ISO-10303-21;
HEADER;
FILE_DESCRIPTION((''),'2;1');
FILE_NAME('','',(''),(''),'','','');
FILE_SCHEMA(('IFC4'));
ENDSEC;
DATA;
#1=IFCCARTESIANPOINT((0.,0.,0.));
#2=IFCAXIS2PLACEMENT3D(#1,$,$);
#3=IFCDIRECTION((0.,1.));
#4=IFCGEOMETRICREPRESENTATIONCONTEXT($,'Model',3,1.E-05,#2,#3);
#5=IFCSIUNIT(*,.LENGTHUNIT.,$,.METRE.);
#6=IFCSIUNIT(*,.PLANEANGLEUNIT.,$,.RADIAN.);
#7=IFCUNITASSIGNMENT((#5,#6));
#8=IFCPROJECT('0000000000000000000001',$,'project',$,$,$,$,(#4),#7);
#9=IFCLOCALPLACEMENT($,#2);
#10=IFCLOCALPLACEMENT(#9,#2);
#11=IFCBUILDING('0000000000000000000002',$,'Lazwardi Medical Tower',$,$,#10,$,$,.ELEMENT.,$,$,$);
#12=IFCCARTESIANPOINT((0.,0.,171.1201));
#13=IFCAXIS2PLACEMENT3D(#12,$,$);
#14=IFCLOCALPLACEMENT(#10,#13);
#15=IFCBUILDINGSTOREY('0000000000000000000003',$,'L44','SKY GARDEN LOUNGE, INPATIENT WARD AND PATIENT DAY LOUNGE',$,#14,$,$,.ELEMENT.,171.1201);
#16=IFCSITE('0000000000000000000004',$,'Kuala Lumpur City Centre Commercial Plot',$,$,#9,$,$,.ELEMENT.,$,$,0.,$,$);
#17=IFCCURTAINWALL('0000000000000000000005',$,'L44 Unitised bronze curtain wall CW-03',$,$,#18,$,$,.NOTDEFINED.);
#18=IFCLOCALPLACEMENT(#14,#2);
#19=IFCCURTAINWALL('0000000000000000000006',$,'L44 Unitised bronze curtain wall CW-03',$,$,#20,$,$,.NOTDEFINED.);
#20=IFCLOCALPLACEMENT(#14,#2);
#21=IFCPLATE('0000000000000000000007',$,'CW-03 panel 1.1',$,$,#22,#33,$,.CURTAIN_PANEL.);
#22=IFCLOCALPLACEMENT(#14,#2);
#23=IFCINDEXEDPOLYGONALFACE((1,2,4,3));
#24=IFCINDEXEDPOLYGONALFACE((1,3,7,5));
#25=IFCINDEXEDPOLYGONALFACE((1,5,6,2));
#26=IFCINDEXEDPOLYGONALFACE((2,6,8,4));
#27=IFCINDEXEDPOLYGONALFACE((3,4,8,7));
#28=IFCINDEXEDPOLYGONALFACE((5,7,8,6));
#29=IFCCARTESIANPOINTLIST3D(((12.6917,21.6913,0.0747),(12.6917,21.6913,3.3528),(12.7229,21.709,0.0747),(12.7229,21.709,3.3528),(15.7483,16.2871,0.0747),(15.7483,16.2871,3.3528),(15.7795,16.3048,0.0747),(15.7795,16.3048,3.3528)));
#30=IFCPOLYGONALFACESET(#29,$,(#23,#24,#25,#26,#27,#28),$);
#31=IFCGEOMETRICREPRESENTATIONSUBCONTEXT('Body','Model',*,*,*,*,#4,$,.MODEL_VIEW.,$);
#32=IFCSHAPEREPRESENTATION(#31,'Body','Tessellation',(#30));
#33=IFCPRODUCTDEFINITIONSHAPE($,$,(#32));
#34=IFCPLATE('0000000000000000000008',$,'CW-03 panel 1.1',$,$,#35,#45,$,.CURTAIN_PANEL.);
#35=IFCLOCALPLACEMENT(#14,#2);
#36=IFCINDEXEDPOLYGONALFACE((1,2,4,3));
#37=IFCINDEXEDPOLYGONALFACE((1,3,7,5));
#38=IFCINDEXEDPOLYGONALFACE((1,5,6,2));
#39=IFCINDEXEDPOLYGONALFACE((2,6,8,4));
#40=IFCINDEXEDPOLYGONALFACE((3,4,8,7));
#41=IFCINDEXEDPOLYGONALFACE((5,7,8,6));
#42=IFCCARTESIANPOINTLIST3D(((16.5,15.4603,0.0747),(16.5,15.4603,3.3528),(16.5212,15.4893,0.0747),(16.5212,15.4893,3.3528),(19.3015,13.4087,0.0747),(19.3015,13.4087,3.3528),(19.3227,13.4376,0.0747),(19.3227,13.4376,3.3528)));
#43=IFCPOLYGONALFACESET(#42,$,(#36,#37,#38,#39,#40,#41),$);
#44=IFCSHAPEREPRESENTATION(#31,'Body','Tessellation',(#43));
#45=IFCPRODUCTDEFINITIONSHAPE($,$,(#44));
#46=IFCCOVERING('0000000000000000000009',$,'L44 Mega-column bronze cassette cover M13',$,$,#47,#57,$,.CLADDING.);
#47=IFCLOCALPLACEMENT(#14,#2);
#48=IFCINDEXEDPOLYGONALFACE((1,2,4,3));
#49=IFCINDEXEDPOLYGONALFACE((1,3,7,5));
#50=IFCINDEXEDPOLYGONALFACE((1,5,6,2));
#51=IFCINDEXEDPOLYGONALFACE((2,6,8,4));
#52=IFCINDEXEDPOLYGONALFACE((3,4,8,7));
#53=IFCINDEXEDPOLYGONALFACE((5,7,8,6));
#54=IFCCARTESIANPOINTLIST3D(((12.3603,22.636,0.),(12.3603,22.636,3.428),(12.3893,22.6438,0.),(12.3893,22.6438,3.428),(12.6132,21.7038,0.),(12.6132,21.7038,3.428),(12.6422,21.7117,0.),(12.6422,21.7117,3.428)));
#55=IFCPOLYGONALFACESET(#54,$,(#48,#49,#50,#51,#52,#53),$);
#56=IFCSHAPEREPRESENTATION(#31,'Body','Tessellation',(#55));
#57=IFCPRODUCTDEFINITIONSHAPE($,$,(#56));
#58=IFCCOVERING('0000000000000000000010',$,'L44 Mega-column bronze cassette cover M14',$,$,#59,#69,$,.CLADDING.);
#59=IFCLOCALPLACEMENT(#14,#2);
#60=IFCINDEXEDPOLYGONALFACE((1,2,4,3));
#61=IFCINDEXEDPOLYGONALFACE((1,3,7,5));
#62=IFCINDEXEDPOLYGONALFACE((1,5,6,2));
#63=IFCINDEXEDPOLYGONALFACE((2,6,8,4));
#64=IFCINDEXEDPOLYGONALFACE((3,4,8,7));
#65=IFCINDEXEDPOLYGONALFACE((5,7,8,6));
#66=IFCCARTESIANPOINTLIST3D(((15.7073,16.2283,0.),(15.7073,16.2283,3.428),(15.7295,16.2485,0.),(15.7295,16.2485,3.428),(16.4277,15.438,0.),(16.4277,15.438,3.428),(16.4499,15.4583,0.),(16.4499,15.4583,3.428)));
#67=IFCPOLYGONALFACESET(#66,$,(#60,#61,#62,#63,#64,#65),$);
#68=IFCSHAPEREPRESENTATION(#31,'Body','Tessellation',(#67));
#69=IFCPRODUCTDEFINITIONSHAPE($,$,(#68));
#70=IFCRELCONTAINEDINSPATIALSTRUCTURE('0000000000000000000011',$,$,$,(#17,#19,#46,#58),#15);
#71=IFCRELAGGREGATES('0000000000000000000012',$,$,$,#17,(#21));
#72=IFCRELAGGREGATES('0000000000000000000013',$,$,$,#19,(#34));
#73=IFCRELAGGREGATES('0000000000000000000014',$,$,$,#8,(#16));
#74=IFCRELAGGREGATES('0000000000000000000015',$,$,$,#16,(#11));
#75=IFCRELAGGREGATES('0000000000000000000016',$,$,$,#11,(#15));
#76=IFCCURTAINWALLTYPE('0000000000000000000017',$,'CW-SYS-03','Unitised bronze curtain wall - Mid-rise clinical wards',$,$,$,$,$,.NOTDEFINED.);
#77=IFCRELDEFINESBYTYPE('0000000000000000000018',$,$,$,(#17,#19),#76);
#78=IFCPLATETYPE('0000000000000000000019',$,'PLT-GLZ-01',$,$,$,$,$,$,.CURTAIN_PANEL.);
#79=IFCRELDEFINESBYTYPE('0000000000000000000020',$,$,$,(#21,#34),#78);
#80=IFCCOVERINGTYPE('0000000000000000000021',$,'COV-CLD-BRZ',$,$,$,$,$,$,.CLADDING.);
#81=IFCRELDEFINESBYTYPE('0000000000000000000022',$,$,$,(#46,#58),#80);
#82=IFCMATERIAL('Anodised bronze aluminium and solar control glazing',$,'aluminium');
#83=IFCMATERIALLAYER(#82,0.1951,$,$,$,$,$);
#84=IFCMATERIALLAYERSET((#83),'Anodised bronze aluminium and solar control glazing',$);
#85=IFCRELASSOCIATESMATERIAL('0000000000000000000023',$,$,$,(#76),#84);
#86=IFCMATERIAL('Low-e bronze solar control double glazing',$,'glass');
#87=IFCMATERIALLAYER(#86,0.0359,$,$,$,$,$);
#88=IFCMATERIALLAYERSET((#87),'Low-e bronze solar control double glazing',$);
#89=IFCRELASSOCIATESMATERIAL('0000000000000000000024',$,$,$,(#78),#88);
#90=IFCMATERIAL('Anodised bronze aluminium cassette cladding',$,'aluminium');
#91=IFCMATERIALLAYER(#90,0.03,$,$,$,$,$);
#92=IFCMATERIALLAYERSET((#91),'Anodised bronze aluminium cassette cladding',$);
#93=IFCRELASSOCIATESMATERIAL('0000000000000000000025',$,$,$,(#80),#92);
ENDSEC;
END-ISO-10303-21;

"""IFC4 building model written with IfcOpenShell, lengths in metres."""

from ifc_helpers import new_model, si_unit, direction, frame, origin, origin_2d, place, context, subcontext, project, spatial, rectangle, extrude, material, layer, layer_set, type_object, element, aggregate, save


model = new_model("IFC4")

# Units and contexts
model_context = context("Model", 3, precision=1e-05, world=origin(), true_north=direction((0.0, 1.0)))
body_context = subcontext(model_context, "Body", "Model", "MODEL_VIEW")
ifc_project = project(units=[si_unit("LENGTHUNIT", "METRE"), si_unit("PLANEANGLEUNIT", "RADIAN")], contexts=[model_context])

# Site, building, storey
site_placement = place(None, origin())
site = spatial("IfcSite", under=ifc_project, at=site_placement, Name="Kuala Lumpur City Centre Commercial Plot", CompositionType="ELEMENT", RefElevation=0.0)
building_placement = place(site_placement, origin())
building = spatial("IfcBuilding", under=site, at=building_placement, Name="Lazwardi Medical Tower", CompositionType="ELEMENT")
storey_placement = place(building_placement, frame((0.0, 0.0, 171.1201)))
storey = spatial("IfcBuildingStorey", under=building, at=storey_placement, Name="L44", Description="SKY GARDEN LOUNGE, INPATIENT WARD AND PATIENT DAY LOUNGE", CompositionType="ELEMENT", Elevation=171.1201)

# Shared definitions
ifc_material_1 = material(Name="Anodised bronze aluminium and solar control glazing", Category="aluminium")
ifc_layer_1 = layer(ifc_material_1, 0.1951)
ifc_layer_set_1 = layer_set([ifc_layer_1], Name="Anodised bronze aluminium and solar control glazing")
curtain_wall_type = type_object("IfcCurtainWallType", Name="CW-SYS-03", Description="Unitised bronze curtain wall - Mid-rise clinical wards", PredefinedType="NOTDEFINED", material=ifc_layer_set_1)

# Curtain walls
curtain_wall_1_placement = place(storey_placement, origin())
curtain_wall_1 = element("IfcCurtainWall", 1, at=curtain_wall_1_placement, inside=storey, type_object=curtain_wall_type, Name="L44 Unitised bronze curtain wall CW-03", PredefinedType="NOTDEFINED")
curtain_wall_2_placement = place(storey_placement, origin())
curtain_wall_2 = element("IfcCurtainWall", 2, at=curtain_wall_2_placement, inside=storey, type_object=curtain_wall_type, Name="L44 Unitised bronze curtain wall CW-03", PredefinedType="NOTDEFINED")

# Plates
ifc_material_2 = material(Name="Low-e bronze solar control double glazing", Category="glass")
ifc_layer_2 = layer(ifc_material_2, 0.0359)
ifc_layer_set_2 = layer_set([ifc_layer_2], Name="Low-e bronze solar control double glazing")
plate_type = type_object("IfcPlateType", Name="PLT-GLZ-01", PredefinedType="CURTAIN_PANEL", material=ifc_layer_set_2)
plate_1_placement = place(storey_placement, frame((14.2356, 18.998, 0.0747), z_axis=(0.0, 0.0, 1.0), x_axis=(0.492312, -0.870419, 0.0)))
plate_1 = element("IfcPlate", 3, at=plate_1_placement, type_object=plate_type, Name="CW-03 panel 1.1", PredefinedType="CURTAIN_PANEL", context=body_context, shape_type="SweptSolid", body=[
    extrude(rectangle(XDim=6.2087, YDim=0.0359, at=origin_2d()), origin(), (0.0, 0.0, 1.0), 3.2781),
])
aggregate(curtain_wall_1, [plate_1])
plate_2_placement = place(storey_placement, frame((17.9114, 14.449, 0.0747), z_axis=(0.0, 0.0, 1.0), x_axis=(0.806793, -0.590834, 0.0)))
plate_2 = element("IfcPlate", 4, at=plate_2_placement, type_object=plate_type, Name="CW-03 panel 1.1", PredefinedType="CURTAIN_PANEL", context=body_context, shape_type="SweptSolid", body=[
    extrude(rectangle(XDim=3.4724, YDim=0.0359, at=origin_2d()), origin(), (0.0, 0.0, 1.0), 3.2781),
])
aggregate(curtain_wall_2, [plate_2])

# Coverings
ifc_material_3 = material(Name="Anodised bronze aluminium cassette cladding", Category="aluminium")
ifc_layer_3 = layer(ifc_material_3, 0.03)
ifc_layer_set_3 = layer_set([ifc_layer_3], Name="Anodised bronze aluminium cassette cladding")
covering_type = type_object("IfcCoveringType", Name="COV-CLD-BRZ", PredefinedType="CLADDING", material=ifc_layer_set_3)
covering_1_placement = place(storey_placement, frame((12.5012, 22.1738, 0.0), z_axis=(0.0, 0.0, 1.0), x_axis=(0.261829, -0.965114, 0.0)))
element("IfcCovering", 5, at=covering_1_placement, inside=storey, type_object=covering_type, Name="L44 Mega-column bronze cassette cover M13", PredefinedType="CLADDING", context=body_context, shape_type="SweptSolid", body=[
    extrude(rectangle(XDim=0.9658, YDim=0.03, at=origin_2d()), origin(), (0.0, 0.0, 1.0), 3.428),
])
covering_2_placement = place(storey_placement, frame((16.0786, 15.8433, 0.0), z_axis=(0.0, 0.0, 1.0), x_axis=(0.673714, -0.738992, 0.0)))
element("IfcCovering", 6, at=covering_2_placement, inside=storey, type_object=covering_type, Name="L44 Mega-column bronze cassette cover M14", PredefinedType="CLADDING", context=body_context, shape_type="SweptSolid", body=[
    extrude(rectangle(XDim=1.0693, YDim=0.03, at=origin_2d()), origin(), (0.0, 0.0, 1.0), 3.428),
])

save(model, "model.ifc")
